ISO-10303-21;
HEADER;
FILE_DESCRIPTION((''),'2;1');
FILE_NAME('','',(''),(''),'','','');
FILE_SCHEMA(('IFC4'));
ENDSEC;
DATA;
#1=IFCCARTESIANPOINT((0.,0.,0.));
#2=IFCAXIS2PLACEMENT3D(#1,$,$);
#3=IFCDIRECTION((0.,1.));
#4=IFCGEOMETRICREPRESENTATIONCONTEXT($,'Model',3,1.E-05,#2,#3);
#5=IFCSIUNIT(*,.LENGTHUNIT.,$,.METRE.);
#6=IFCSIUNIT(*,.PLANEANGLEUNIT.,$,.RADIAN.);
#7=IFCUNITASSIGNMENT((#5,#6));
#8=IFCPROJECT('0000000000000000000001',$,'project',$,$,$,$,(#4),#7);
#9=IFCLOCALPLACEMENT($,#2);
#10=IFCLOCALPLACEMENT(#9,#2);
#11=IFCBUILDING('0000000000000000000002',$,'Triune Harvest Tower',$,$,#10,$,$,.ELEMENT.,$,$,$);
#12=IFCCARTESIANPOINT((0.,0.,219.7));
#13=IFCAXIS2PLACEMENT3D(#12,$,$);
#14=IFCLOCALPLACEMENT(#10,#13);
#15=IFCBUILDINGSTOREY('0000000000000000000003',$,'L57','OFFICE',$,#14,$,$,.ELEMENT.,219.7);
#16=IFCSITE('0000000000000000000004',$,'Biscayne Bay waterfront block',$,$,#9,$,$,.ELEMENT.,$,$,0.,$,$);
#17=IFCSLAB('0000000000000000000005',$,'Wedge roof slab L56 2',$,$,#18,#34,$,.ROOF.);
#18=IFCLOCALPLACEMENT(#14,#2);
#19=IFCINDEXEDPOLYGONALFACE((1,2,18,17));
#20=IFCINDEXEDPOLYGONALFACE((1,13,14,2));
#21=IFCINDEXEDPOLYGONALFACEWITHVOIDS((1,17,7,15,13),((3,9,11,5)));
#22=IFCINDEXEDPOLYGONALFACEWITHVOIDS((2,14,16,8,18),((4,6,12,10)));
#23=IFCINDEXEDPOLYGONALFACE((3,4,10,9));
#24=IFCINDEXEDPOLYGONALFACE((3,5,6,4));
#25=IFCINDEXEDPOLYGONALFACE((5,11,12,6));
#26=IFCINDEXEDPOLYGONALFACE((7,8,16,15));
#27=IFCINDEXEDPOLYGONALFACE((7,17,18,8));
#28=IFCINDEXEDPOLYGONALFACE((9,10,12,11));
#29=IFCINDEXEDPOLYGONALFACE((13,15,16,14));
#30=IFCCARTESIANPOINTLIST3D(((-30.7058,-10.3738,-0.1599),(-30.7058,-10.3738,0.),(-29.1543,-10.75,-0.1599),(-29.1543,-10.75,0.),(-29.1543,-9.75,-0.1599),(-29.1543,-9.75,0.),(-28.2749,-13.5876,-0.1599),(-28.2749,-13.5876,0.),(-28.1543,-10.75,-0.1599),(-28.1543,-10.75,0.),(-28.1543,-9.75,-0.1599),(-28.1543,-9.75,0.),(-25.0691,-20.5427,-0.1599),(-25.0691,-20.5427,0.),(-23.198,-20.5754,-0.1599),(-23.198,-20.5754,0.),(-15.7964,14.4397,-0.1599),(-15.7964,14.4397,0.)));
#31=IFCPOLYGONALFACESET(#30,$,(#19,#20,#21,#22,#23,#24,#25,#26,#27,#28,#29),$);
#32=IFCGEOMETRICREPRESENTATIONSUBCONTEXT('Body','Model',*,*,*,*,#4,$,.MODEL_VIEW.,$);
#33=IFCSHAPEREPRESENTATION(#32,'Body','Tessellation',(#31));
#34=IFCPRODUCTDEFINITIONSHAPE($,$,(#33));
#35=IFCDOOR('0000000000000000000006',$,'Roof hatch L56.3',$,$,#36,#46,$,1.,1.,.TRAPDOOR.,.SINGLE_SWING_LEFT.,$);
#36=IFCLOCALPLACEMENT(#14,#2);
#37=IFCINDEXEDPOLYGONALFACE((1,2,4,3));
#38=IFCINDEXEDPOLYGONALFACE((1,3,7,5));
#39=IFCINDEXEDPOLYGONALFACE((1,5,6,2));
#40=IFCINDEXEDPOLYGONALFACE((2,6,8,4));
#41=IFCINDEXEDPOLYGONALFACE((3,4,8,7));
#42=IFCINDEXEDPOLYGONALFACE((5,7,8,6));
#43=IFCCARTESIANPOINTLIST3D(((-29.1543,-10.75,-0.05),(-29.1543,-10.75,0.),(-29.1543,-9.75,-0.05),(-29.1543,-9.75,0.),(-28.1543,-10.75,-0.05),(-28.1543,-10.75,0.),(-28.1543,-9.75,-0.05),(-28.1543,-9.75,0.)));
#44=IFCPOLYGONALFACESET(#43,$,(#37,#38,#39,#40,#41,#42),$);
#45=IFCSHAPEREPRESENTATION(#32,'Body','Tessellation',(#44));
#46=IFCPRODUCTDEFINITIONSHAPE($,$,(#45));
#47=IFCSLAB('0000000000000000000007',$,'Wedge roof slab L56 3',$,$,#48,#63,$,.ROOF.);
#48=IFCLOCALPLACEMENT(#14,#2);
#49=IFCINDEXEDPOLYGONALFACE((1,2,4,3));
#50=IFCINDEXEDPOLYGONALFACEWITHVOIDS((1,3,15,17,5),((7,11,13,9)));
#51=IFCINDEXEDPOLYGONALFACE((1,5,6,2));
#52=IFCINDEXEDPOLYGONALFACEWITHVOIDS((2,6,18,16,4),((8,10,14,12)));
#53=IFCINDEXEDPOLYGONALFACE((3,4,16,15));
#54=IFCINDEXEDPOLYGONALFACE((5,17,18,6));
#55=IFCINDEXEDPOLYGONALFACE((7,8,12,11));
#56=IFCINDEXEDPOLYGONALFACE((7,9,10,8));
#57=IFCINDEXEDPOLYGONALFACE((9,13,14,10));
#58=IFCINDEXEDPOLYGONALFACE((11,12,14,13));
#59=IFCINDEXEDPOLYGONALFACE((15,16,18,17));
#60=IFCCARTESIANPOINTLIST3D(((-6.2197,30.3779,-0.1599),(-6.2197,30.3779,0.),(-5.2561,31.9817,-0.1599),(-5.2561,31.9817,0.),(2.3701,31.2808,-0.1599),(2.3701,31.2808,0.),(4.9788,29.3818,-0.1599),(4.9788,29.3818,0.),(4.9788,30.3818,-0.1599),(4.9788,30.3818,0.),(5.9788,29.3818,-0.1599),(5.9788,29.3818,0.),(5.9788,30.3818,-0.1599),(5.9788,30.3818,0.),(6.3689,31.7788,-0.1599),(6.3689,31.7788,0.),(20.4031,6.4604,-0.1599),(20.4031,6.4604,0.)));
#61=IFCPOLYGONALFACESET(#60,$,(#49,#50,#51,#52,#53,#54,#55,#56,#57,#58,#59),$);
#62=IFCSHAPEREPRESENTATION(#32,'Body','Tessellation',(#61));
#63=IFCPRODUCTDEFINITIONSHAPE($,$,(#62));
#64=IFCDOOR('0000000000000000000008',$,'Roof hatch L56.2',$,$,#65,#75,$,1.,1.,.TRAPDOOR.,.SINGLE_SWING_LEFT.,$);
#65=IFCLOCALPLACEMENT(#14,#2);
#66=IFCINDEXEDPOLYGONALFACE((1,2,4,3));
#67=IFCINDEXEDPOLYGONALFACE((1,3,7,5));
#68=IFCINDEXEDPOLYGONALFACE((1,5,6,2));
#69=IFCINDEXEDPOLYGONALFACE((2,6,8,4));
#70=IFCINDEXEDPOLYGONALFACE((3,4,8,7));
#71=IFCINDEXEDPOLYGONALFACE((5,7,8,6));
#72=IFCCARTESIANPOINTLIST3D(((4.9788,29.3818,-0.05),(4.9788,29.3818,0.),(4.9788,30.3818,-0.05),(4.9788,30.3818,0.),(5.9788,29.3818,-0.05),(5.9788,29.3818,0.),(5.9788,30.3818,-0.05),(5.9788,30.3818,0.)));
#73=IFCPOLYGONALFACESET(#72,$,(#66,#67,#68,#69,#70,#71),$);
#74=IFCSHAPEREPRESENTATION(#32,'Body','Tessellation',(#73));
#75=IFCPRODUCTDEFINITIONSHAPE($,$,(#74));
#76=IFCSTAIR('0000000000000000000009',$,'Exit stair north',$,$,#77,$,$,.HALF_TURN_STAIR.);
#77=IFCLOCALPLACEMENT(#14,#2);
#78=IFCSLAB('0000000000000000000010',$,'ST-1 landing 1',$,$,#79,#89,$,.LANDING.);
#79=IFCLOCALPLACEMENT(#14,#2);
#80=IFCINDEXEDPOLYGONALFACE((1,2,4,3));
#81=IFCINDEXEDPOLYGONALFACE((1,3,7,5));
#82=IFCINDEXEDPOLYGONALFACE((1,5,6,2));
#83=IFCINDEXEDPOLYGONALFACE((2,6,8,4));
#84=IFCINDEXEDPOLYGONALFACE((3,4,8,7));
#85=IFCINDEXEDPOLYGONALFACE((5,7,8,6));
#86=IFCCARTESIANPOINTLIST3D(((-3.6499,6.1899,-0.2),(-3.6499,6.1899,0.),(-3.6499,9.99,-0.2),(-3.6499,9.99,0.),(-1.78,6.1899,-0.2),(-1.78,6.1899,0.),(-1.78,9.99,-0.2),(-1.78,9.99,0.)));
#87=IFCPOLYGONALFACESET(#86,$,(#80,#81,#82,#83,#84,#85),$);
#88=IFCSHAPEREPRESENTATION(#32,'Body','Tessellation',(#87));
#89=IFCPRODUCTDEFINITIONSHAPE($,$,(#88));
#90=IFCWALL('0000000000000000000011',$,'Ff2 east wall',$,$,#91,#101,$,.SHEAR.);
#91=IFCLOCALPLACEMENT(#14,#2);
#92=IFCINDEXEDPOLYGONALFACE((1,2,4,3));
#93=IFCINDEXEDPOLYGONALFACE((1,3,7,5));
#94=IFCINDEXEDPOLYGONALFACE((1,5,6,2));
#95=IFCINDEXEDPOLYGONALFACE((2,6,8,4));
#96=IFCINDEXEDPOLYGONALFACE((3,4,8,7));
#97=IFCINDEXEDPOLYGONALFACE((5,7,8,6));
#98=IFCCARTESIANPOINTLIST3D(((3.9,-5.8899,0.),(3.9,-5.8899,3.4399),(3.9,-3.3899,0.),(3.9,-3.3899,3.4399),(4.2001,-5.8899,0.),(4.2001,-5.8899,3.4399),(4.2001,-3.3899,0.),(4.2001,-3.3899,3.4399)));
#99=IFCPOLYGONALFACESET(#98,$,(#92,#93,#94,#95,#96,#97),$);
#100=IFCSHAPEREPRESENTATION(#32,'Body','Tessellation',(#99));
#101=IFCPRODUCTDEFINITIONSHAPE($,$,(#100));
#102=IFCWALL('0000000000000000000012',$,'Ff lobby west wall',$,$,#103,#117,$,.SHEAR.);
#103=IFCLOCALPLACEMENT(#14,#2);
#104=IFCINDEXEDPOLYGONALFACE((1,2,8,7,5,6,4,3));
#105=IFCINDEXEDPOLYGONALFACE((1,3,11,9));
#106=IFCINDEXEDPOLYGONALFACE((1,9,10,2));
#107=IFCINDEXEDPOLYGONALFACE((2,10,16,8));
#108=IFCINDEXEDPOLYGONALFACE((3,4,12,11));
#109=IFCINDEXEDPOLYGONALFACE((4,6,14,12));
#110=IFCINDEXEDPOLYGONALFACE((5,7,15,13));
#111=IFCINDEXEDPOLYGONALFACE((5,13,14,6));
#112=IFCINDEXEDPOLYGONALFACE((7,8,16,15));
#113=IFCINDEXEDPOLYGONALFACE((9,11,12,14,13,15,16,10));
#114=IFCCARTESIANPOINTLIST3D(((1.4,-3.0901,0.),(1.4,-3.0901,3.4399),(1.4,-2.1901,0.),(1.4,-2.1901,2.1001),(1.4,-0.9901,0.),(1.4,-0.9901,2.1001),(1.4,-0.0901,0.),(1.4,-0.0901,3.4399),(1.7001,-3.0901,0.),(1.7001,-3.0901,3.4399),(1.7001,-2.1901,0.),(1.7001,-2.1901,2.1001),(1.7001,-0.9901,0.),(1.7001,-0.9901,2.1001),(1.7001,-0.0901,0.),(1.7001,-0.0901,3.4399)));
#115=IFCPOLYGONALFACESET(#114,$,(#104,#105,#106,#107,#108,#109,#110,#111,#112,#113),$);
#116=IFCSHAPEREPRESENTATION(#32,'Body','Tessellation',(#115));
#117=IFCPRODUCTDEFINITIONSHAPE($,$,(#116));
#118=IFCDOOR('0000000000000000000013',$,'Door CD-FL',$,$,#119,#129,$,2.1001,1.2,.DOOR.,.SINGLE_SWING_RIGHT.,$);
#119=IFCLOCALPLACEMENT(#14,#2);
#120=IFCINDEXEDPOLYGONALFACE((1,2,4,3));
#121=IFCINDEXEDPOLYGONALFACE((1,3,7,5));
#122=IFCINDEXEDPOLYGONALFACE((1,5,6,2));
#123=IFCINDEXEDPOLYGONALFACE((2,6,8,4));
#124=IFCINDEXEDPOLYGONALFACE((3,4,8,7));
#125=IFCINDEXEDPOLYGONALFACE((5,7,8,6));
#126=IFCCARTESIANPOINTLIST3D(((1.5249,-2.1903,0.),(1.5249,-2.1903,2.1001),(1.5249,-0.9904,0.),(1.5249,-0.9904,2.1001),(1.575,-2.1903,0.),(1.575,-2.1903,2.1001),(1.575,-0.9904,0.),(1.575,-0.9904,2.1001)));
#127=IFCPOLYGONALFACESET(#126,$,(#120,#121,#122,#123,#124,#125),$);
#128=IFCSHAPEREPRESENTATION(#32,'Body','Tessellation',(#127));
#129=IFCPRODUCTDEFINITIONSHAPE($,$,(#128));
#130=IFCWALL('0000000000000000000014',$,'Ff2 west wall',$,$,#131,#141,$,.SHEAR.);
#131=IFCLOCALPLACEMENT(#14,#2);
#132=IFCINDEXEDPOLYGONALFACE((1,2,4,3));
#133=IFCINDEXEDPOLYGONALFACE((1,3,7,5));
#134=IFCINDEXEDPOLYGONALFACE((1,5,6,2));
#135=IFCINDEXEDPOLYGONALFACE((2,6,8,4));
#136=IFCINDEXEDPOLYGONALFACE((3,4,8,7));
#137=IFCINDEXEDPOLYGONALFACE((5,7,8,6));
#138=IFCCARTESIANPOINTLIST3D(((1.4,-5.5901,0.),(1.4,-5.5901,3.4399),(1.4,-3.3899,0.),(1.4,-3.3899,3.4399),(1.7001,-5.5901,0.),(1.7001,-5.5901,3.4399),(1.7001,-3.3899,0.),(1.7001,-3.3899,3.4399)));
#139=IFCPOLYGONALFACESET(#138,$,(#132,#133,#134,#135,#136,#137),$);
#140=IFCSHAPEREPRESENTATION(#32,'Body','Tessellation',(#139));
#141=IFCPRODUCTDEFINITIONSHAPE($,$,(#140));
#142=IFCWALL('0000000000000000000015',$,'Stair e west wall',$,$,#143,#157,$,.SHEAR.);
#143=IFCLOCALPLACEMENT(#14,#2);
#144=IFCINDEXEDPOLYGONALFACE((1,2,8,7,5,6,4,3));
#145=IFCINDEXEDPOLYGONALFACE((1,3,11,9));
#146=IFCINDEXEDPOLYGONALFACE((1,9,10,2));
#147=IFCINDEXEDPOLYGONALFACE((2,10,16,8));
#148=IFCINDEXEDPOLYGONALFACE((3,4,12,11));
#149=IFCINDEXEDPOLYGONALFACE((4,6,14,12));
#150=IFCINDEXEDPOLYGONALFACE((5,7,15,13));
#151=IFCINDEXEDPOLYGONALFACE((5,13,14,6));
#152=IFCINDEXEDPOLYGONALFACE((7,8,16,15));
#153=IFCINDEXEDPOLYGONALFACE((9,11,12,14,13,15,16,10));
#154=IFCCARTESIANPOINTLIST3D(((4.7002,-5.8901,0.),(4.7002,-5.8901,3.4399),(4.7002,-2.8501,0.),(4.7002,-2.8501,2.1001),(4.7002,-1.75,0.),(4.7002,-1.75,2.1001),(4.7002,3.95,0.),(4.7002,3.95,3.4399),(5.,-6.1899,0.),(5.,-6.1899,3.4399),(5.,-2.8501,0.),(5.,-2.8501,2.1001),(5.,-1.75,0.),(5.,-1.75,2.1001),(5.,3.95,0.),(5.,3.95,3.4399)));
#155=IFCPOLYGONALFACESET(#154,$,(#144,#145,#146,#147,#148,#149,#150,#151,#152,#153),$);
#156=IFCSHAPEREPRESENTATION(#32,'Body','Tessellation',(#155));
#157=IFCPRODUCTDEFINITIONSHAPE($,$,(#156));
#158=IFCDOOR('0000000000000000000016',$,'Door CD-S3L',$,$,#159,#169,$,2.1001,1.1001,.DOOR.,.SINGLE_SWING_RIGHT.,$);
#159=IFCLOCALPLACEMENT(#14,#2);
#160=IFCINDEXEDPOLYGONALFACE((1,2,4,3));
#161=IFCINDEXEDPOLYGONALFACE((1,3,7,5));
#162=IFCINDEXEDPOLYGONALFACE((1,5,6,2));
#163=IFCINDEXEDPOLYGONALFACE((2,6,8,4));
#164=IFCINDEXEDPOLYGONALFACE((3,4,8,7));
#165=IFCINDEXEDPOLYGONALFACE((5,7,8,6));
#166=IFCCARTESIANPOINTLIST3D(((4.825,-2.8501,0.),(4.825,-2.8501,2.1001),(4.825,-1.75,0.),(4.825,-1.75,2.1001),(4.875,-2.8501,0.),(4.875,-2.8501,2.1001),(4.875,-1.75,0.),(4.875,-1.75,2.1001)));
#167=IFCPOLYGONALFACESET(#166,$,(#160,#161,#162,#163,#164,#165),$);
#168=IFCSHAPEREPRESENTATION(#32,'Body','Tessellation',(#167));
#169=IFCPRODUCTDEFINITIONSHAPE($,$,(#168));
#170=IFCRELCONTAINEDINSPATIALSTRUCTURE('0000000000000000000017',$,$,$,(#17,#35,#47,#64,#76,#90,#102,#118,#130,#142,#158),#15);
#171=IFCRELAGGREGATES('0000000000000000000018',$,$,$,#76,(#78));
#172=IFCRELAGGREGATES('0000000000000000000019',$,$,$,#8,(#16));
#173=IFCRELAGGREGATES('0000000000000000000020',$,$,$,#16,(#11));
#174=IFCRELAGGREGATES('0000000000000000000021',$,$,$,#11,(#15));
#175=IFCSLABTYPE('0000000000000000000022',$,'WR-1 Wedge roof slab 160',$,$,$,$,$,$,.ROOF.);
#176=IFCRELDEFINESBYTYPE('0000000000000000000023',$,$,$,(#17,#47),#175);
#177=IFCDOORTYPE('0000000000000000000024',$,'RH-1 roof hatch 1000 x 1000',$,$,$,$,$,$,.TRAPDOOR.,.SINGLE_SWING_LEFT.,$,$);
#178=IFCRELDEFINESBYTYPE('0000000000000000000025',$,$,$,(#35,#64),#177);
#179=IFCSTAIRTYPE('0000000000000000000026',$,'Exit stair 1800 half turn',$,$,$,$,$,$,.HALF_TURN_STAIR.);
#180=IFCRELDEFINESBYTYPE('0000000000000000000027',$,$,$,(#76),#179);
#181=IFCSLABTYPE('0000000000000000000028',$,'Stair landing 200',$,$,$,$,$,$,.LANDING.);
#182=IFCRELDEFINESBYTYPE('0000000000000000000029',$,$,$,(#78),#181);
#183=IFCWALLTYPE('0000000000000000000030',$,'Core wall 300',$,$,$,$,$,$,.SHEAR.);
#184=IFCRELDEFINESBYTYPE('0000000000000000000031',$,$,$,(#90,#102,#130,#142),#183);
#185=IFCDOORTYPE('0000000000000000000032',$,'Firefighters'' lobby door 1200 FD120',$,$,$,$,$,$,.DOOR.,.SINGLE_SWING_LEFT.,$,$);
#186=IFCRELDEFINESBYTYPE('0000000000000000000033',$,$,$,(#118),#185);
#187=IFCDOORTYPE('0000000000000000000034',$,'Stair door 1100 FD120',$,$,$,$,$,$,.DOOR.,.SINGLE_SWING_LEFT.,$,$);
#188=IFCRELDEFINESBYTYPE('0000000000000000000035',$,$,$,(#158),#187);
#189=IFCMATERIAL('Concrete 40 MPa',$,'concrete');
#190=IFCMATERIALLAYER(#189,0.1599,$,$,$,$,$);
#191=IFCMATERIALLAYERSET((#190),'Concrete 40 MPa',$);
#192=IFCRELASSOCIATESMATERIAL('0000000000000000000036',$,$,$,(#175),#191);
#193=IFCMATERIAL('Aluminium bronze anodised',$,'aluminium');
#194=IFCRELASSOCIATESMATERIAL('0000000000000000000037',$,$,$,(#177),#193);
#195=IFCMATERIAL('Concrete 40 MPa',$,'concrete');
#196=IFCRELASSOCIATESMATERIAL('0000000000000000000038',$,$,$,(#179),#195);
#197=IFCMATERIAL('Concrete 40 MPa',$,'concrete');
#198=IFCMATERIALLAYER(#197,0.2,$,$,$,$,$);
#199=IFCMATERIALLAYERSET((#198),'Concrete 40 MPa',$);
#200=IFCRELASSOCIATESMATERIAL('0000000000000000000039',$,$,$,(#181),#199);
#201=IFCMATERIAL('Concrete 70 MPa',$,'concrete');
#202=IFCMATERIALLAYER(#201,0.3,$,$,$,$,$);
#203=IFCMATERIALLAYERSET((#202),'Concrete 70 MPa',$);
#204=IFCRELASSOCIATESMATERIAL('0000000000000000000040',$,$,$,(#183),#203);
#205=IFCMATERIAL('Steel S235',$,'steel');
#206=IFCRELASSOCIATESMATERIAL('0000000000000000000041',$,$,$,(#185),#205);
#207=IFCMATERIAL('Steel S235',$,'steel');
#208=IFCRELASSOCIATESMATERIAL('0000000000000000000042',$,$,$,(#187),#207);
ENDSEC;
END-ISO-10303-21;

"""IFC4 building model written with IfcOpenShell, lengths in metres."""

from ifc_helpers import new_model, si_unit, direction, frame, frame_2d, origin, origin_2d, place, context, subcontext, project, spatial, polyline, rectangle, outline, extrude, source, transform, mapped, material, layer, layer_set, type_object, element, fill, aggregate, save


model = new_model("IFC4")

# Units and contexts
model_context = context("Model", 3, precision=1e-05, world=origin(), true_north=direction((0.0, 1.0)))
body_context = subcontext(model_context, "Body", "Model", "MODEL_VIEW")
ifc_project = project(units=[si_unit("LENGTHUNIT", "METRE"), si_unit("PLANEANGLEUNIT", "RADIAN")], contexts=[model_context])

# Site, building, storey
site_placement = place(None, origin())
site = spatial("IfcSite", under=ifc_project, at=site_placement, Name="Biscayne Bay waterfront block", CompositionType="ELEMENT", RefElevation=0.0)
building_placement = place(site_placement, origin())
building = spatial("IfcBuilding", under=site, at=building_placement, Name="Triune Harvest Tower", CompositionType="ELEMENT")
storey_placement = place(building_placement, frame((0.0, 0.0, 219.7)))
storey = spatial("IfcBuildingStorey", under=building, at=storey_placement, Name="L57", Description="OFFICE", CompositionType="ELEMENT", Elevation=219.7)

# Slabs, openings, doors
ifc_material_1 = material(Name="Concrete 40 MPa", Category="concrete")
ifc_layer_1 = layer(ifc_material_1, 0.1599)
ifc_layer_set_1 = layer_set([ifc_layer_1], Name="Concrete 40 MPa")
slab_type_1 = type_object("IfcSlabType", Name="WR-1 Wedge roof slab 160", PredefinedType="ROOF", material=ifc_layer_set_1)
slab_1_placement = place(storey_placement, frame((0.0, 0.0, -0.1599)))
slab_1 = element("IfcSlab", 1, at=slab_1_placement, inside=storey, type_object=slab_type_1, Name="Wedge roof slab L56 2", PredefinedType="ROOF", context=body_context, shape_type="SweptSolid", body=[
    extrude(outline(polyline([(-25.0691, -20.5427), (-23.198, -20.5754), (-28.2749, -13.5876), (-15.7964, 14.4397), (-30.7058, -10.3738), (-25.0691, -20.5427)])), origin(), (0.0, 0.0, 1.0), 0.1599),
])
opening_1_placement = place(slab_1_placement, frame((-28.6543, -10.25, 0.0)))
opening_1 = element("IfcOpeningElement", 2, at=opening_1_placement, cuts=slab_1, PredefinedType="OPENING", context=body_context, shape_type="SweptSolid", body=[
    extrude(rectangle(XDim=1.0, YDim=1.0, at=origin_2d()), origin(), (0.0, 0.0, 1.0), 0.1599),
])
ifc_material_2 = material(Name="Aluminium bronze anodised", Category="aluminium")
door_type_1 = type_object("IfcDoorType", Name="RH-1 roof hatch 1000 x 1000", OperationType="SINGLE_SWING_LEFT", PredefinedType="TRAPDOOR", material=ifc_material_2)
door_1_placement = place(opening_1_placement, frame((0.0, 0.0, 0.1099)))
door_1 = element("IfcDoor", 3, at=door_1_placement, inside=storey, type_object=door_type_1, Name="Roof hatch L56.3", OperationType="SINGLE_SWING_LEFT", OverallHeight=1.0, OverallWidth=1.0, PredefinedType="TRAPDOOR", context=body_context, shape_type="SweptSolid", body=[
    extrude(rectangle(XDim=1.0, YDim=1.0, at=origin_2d()), origin(), (0.0, 0.0, 1.0), 0.05),
])
fill(opening_1, door_1)
slab_2_placement = place(storey_placement, frame((0.0, 0.0, -0.1599)))
slab_2 = element("IfcSlab", 4, at=slab_2_placement, inside=storey, type_object=slab_type_1, Name="Wedge roof slab L56 3", PredefinedType="ROOF", context=body_context, shape_type="SweptSolid", body=[
    extrude(outline(polyline([(-5.2561, 31.9817), (-6.2197, 30.3779), (2.3701, 31.2808), (20.4031, 6.4604), (6.3689, 31.7788), (-5.2561, 31.9817)])), origin(), (0.0, 0.0, 1.0), 0.1599),
])
opening_2_placement = place(slab_2_placement, frame((5.4788, 29.8818, 0.0)))
opening_2 = element("IfcOpeningElement", 5, at=opening_2_placement, cuts=slab_2, PredefinedType="OPENING", context=body_context, shape_type="SweptSolid", body=[
    extrude(rectangle(XDim=1.0, YDim=1.0, at=origin_2d()), origin(), (0.0, 0.0, 1.0), 0.1599),
])
door_2_placement = place(opening_2_placement, frame((0.0, 0.0, 0.1099)))
door_2 = element("IfcDoor", 6, at=door_2_placement, inside=storey, type_object=door_type_1, Name="Roof hatch L56.2", OperationType="SINGLE_SWING_LEFT", OverallHeight=1.0, OverallWidth=1.0, PredefinedType="TRAPDOOR", context=body_context, shape_type="SweptSolid", body=[
    extrude(rectangle(XDim=1.0, YDim=1.0, at=origin_2d()), origin(), (0.0, 0.0, 1.0), 0.05),
])
fill(opening_2, door_2)

# Stair, slab
ifc_material_3 = material(Name="Concrete 40 MPa", Category="concrete")
stair_type = type_object("IfcStairType", Name="Exit stair 1800 half turn", PredefinedType="HALF_TURN_STAIR", material=ifc_material_3)
stair_1_placement = place(storey_placement, origin())
stair_1 = element("IfcStair", 7, at=stair_1_placement, inside=storey, type_object=stair_type, Name="Exit stair north", PredefinedType="HALF_TURN_STAIR")
ifc_material_4 = material(Name="Concrete 40 MPa", Category="concrete")
ifc_layer_2 = layer(ifc_material_4, 0.2)
ifc_layer_set_2 = layer_set([ifc_layer_2], Name="Concrete 40 MPa")
slab_type_2 = type_object("IfcSlabType", Name="Stair landing 200", PredefinedType="LANDING", material=ifc_layer_set_2)
shared_shape_1 = source(origin(), body_context, "Body", "SweptSolid", [
    extrude(outline(polyline([(-3.6499, 6.1899), (-1.78, 6.1899), (-1.78, 9.99), (-3.6499, 9.99), (-3.6499, 6.1899)])), origin(), (0.0, 0.0, 1.0), 0.2),
])
slab_3_placement = place(storey_placement, frame((0.0, 0.0, -0.2)))
slab_3 = element("IfcSlab", 8, at=slab_3_placement, type_object=slab_type_2, Name="ST-1 landing 1", PredefinedType="LANDING", context=body_context, shape_type="MappedRepresentation", body=[
    mapped(shared_shape_1, transform((0.0, 0.0, 0.0), scale=1.0)),
])
aggregate(stair_1, [slab_3])

# Wall
ifc_material_5 = material(Name="Concrete 70 MPa", Category="concrete")
ifc_layer_3 = layer(ifc_material_5, 0.3)
ifc_layer_set_3 = layer_set([ifc_layer_3], Name="Concrete 70 MPa")
wall_type_1 = type_object("IfcWallType", Name="Core wall 300", PredefinedType="SHEAR", material=ifc_layer_set_3)
shared_shape_2 = source(origin(), body_context, "Body", "SweptSolid", [
    extrude(rectangle(XDim=2.5, YDim=0.3, at=frame_2d((1.25, 0.0))), origin(), (0.0, 0.0, 1.0), 3.4399),
])
wall_1_placement = place(storey_placement, frame((4.05, -5.8899, 0.0), z_axis=(0.0, 0.0, 1.0), x_axis=(0.0, 1.0, 0.0)))
element("IfcWall", 9, at=wall_1_placement, inside=storey, type_object=wall_type_1, Name="Ff2 east wall", PredefinedType="SHEAR", context=body_context, shape_type="MappedRepresentation", body=[
    mapped(shared_shape_2, transform((0.0, 0.0, 0.0), scale=1.0)),
])

# Wall, opening, door
shared_shape_3 = source(origin(), body_context, "Body", "SweptSolid", [
    extrude(rectangle(XDim=3.0, YDim=0.3, at=frame_2d((1.5, 0.0))), origin(), (0.0, 0.0, 1.0), 3.4399),
])
wall_2_placement = place(storey_placement, frame((1.55, -3.0901, 0.0), z_axis=(0.0, 0.0, 1.0), x_axis=(0.0, 1.0, 0.0)))
wall_2 = element("IfcWall", 10, at=wall_2_placement, inside=storey, type_object=wall_type_1, Name="Ff lobby west wall", PredefinedType="SHEAR", context=body_context, shape_type="MappedRepresentation", body=[
    mapped(shared_shape_3, transform((0.0, 0.0, 0.0), scale=1.0)),
])
opening_3_placement = place(wall_2_placement, frame((0.8999, 0.0, 0.0)))
opening_3 = element("IfcOpeningElement", 11, at=opening_3_placement, cuts=wall_2, PredefinedType="OPENING", context=body_context, shape_type="SweptSolid", body=[
    extrude(rectangle(XDim=1.2, YDim=2.1001, at=frame_2d((0.6001, 1.05))), frame((0.0, 0.1602, 0.0), z_axis=(0.0, -1.0, 0.0), x_axis=(1.0, 0.0, 0.0)), (0.0, 0.0, 1.0), 0.3201),
])
ifc_material_6 = material(Name="Steel S235", Category="steel")
door_type_2 = type_object("IfcDoorType", Name="Firefighters' lobby door 1200 FD120", OperationType="SINGLE_SWING_LEFT", PredefinedType="DOOR", material=ifc_material_6)
door_3_placement = place(opening_3_placement, frame((1.2, 0.0, 0.0), z_axis=(0.0, 0.0, 1.0), x_axis=(-1.0, 0.0, 0.0)))
door_3 = element("IfcDoor", 12, at=door_3_placement, inside=storey, type_object=door_type_2, Name="Door CD-FL", OperationType="SINGLE_SWING_RIGHT", OverallHeight=2.1001, OverallWidth=1.2, PredefinedType="DOOR", context=body_context, shape_type="SweptSolid", body=[
    extrude(rectangle(XDim=1.2, YDim=2.1001, at=frame_2d((0.6001, 1.05))), frame((0.0, 0.0249, 0.0), z_axis=(0.0, -1.0, 0.0), x_axis=(1.0, 0.0, 0.0)), (0.0, 0.0, 1.0), 0.05),
])
fill(opening_3, door_3)

# Wall
shared_shape_4 = source(origin(), body_context, "Body", "SweptSolid", [
    extrude(rectangle(XDim=2.2002, YDim=0.3, at=frame_2d((1.1001, 0.0))), origin(), (0.0, 0.0, 1.0), 3.4399),
])
wall_3_placement = place(storey_placement, frame((1.55, -5.5901, 0.0), z_axis=(0.0, 0.0, 1.0), x_axis=(0.0, 1.0, 0.0)))
element("IfcWall", 13, at=wall_3_placement, inside=storey, type_object=wall_type_1, Name="Ff2 west wall", PredefinedType="SHEAR", context=body_context, shape_type="MappedRepresentation", body=[
    mapped(shared_shape_4, transform((0.0, 0.0, 0.0), scale=1.0)),
])

# Wall, opening, door
shared_shape_5 = source(origin(), body_context, "Body", "SweptSolid", [
    extrude(outline(polyline([(-0.1499, -0.1499), (9.99, -0.1499), (9.99, 0.1499), (0.1499, 0.1499), (-0.1499, -0.1499)])), origin(), (0.0, 0.0, 1.0), 3.4399),
])
wall_4_placement = place(storey_placement, frame((4.8501, -6.04, 0.0), z_axis=(0.0, 0.0, 1.0), x_axis=(0.0, 1.0, 0.0)))
wall_4 = element("IfcWall", 14, at=wall_4_placement, inside=storey, type_object=wall_type_1, Name="Stair e west wall", PredefinedType="SHEAR", context=body_context, shape_type="MappedRepresentation", body=[
    mapped(shared_shape_5, transform((0.0, 0.0, 0.0), scale=1.0)),
])
opening_4_placement = place(wall_4_placement, frame((3.1899, 0.0, 0.0)))
opening_4 = element("IfcOpeningElement", 15, at=opening_4_placement, cuts=wall_4, PredefinedType="OPENING", context=body_context, shape_type="SweptSolid", body=[
    extrude(rectangle(XDim=1.1001, YDim=2.1001, at=frame_2d((0.55, 1.05))), frame((0.0, 0.1602, 0.0), z_axis=(0.0, -1.0, 0.0), x_axis=(1.0, 0.0, 0.0)), (0.0, 0.0, 1.0), 0.3201),
])
ifc_material_7 = material(Name="Steel S235", Category="steel")
door_type_3 = type_object("IfcDoorType", Name="Stair door 1100 FD120", OperationType="SINGLE_SWING_LEFT", PredefinedType="DOOR", material=ifc_material_7)
door_4_placement = place(opening_4_placement, frame((1.1001, 0.0, 0.0), z_axis=(0.0, 0.0, 1.0), x_axis=(-1.0, 0.0, 0.0)))
door_4 = element("IfcDoor", 16, at=door_4_placement, inside=storey, type_object=door_type_3, Name="Door CD-S3L", OperationType="SINGLE_SWING_RIGHT", OverallHeight=2.1001, OverallWidth=1.1001, PredefinedType="DOOR", context=body_context, shape_type="SweptSolid", body=[
    extrude(rectangle(XDim=1.1001, YDim=2.1001, at=frame_2d((0.55, 1.05))), frame((0.0, 0.0249, 0.0), z_axis=(0.0, -1.0, 0.0), x_axis=(1.0, 0.0, 0.0)), (0.0, 0.0, 1.0), 0.05),
])
fill(opening_4, door_4)

save(model, "model.ifc")
